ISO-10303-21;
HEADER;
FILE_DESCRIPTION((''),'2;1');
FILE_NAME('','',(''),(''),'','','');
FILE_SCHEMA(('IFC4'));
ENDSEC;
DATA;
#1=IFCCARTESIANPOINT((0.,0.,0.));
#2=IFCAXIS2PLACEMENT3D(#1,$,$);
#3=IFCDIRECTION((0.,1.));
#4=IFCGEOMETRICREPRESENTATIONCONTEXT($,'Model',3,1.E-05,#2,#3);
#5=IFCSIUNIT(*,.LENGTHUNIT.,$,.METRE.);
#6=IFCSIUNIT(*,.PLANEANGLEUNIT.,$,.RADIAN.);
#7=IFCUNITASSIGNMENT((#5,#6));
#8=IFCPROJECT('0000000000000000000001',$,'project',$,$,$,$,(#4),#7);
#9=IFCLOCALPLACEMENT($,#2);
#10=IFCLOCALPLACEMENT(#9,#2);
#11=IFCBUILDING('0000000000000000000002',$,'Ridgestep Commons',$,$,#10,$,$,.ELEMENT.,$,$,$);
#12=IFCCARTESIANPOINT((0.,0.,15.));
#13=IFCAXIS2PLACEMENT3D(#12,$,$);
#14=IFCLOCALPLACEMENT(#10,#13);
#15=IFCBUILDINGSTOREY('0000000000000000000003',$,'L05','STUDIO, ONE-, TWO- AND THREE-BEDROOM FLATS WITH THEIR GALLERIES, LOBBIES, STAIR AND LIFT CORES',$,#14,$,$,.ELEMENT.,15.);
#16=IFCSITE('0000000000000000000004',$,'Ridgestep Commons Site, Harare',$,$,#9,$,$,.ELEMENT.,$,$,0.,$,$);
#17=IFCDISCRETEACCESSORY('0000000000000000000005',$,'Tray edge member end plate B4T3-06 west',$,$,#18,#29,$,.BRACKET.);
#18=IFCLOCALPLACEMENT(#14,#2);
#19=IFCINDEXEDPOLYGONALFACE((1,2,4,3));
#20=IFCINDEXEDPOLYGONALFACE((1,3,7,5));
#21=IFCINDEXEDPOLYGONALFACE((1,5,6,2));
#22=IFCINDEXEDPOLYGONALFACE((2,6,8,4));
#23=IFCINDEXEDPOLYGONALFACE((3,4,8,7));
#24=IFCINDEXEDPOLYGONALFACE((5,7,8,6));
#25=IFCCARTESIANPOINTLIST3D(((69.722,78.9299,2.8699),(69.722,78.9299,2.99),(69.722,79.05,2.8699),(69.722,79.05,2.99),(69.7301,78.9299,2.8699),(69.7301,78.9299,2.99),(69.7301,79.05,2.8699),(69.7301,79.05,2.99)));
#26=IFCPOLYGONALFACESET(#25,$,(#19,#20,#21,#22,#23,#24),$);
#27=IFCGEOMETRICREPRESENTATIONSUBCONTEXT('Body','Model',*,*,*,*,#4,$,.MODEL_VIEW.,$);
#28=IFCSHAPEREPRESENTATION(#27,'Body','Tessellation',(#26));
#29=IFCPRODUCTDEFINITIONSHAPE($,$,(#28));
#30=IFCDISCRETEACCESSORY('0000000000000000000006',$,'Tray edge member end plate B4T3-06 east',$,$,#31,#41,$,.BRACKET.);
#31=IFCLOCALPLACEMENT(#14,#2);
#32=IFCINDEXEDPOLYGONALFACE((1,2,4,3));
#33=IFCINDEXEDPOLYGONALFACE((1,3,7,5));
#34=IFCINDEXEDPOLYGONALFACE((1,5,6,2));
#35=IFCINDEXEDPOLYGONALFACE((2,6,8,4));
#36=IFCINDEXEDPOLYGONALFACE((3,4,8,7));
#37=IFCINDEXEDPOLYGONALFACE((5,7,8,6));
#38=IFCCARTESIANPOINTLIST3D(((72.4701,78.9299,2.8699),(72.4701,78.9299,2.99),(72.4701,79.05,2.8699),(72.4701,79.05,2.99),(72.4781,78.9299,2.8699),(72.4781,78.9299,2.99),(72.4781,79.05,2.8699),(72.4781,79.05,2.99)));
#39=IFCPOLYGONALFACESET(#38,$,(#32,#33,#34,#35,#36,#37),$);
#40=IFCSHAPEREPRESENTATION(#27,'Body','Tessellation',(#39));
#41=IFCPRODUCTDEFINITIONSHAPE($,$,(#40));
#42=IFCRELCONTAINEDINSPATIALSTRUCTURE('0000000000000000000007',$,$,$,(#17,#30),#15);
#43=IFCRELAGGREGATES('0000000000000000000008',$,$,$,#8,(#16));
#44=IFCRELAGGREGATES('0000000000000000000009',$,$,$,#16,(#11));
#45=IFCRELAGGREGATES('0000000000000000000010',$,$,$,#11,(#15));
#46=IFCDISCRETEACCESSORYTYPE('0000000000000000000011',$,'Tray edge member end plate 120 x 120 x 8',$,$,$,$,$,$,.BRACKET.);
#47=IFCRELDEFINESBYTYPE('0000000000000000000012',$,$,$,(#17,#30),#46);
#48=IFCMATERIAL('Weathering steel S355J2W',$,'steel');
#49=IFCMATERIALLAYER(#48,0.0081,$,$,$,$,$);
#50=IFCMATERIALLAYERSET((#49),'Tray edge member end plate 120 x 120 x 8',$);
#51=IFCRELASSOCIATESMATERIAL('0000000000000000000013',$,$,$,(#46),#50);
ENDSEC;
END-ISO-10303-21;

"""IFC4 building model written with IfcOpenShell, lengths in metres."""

from ifc_helpers import new_model, si_unit, direction, frame, origin, origin_2d, place, context, subcontext, project, spatial, rectangle, extrude, material, layer, layer_set, type_object, element, save


model = new_model("IFC4")

# Units and contexts
model_context = context("Model", 3, precision=1e-05, world=origin(), true_north=direction((0.0, 1.0)))
body_context = subcontext(model_context, "Body", "Model", "MODEL_VIEW")
ifc_project = project(units=[si_unit("LENGTHUNIT", "METRE"), si_unit("PLANEANGLEUNIT", "RADIAN")], contexts=[model_context])

# Site, building, storey
site_placement = place(None, origin())
site = spatial("IfcSite", under=ifc_project, at=site_placement, Name="Ridgestep Commons Site, Harare", CompositionType="ELEMENT", RefElevation=0.0)
building_placement = place(site_placement, origin())
building = spatial("IfcBuilding", under=site, at=building_placement, Name="Ridgestep Commons", CompositionType="ELEMENT")
storey_placement = place(building_placement, frame((0.0, 0.0, 15.0)))
storey = spatial("IfcBuildingStorey", under=building, at=storey_placement, Name="L05", Description="STUDIO, ONE-, TWO- AND THREE-BEDROOM FLATS WITH THEIR GALLERIES, LOBBIES, STAIR AND LIFT CORES", CompositionType="ELEMENT", Elevation=15.0)

# Discrete accessories
ifc_material_1 = material(Name="Weathering steel S355J2W", Category="steel")
ifc_layer_1 = layer(ifc_material_1, 0.0081)
ifc_layer_set_1 = layer_set([ifc_layer_1], Name="Tray edge member end plate 120 x 120 x 8")
discrete_accessory_type_1 = type_object("IfcDiscreteAccessoryType", Name="Tray edge member end plate 120 x 120 x 8", PredefinedType="BRACKET", material=ifc_layer_set_1)
for number, where, z_axis, x_axis, name in (
    (1, (69.7261, 78.99, 2.8699), (0.0, 0.0, 1.0), (1.0, 0.0, 0.0), "Tray edge member end plate B4T3-06 west"),
    (2, (72.4741, 78.99, 2.8699), (0.0, 0.0, 1.0), (1.0, 0.0, 0.0), "Tray edge member end plate B4T3-06 east"),
):
    element("IfcDiscreteAccessory", number, at=place(storey_placement, frame(where, z_axis=z_axis, x_axis=x_axis)), inside=storey, type_object=discrete_accessory_type_1, Name=name, PredefinedType="BRACKET", context=body_context, shape_type="SweptSolid", body=[
        extrude(rectangle(XDim=0.0081, YDim=0.1201, at=origin_2d()), origin(), (0.0, 0.0, 1.0), 0.1201),
    ])

save(model, "model.ifc")
